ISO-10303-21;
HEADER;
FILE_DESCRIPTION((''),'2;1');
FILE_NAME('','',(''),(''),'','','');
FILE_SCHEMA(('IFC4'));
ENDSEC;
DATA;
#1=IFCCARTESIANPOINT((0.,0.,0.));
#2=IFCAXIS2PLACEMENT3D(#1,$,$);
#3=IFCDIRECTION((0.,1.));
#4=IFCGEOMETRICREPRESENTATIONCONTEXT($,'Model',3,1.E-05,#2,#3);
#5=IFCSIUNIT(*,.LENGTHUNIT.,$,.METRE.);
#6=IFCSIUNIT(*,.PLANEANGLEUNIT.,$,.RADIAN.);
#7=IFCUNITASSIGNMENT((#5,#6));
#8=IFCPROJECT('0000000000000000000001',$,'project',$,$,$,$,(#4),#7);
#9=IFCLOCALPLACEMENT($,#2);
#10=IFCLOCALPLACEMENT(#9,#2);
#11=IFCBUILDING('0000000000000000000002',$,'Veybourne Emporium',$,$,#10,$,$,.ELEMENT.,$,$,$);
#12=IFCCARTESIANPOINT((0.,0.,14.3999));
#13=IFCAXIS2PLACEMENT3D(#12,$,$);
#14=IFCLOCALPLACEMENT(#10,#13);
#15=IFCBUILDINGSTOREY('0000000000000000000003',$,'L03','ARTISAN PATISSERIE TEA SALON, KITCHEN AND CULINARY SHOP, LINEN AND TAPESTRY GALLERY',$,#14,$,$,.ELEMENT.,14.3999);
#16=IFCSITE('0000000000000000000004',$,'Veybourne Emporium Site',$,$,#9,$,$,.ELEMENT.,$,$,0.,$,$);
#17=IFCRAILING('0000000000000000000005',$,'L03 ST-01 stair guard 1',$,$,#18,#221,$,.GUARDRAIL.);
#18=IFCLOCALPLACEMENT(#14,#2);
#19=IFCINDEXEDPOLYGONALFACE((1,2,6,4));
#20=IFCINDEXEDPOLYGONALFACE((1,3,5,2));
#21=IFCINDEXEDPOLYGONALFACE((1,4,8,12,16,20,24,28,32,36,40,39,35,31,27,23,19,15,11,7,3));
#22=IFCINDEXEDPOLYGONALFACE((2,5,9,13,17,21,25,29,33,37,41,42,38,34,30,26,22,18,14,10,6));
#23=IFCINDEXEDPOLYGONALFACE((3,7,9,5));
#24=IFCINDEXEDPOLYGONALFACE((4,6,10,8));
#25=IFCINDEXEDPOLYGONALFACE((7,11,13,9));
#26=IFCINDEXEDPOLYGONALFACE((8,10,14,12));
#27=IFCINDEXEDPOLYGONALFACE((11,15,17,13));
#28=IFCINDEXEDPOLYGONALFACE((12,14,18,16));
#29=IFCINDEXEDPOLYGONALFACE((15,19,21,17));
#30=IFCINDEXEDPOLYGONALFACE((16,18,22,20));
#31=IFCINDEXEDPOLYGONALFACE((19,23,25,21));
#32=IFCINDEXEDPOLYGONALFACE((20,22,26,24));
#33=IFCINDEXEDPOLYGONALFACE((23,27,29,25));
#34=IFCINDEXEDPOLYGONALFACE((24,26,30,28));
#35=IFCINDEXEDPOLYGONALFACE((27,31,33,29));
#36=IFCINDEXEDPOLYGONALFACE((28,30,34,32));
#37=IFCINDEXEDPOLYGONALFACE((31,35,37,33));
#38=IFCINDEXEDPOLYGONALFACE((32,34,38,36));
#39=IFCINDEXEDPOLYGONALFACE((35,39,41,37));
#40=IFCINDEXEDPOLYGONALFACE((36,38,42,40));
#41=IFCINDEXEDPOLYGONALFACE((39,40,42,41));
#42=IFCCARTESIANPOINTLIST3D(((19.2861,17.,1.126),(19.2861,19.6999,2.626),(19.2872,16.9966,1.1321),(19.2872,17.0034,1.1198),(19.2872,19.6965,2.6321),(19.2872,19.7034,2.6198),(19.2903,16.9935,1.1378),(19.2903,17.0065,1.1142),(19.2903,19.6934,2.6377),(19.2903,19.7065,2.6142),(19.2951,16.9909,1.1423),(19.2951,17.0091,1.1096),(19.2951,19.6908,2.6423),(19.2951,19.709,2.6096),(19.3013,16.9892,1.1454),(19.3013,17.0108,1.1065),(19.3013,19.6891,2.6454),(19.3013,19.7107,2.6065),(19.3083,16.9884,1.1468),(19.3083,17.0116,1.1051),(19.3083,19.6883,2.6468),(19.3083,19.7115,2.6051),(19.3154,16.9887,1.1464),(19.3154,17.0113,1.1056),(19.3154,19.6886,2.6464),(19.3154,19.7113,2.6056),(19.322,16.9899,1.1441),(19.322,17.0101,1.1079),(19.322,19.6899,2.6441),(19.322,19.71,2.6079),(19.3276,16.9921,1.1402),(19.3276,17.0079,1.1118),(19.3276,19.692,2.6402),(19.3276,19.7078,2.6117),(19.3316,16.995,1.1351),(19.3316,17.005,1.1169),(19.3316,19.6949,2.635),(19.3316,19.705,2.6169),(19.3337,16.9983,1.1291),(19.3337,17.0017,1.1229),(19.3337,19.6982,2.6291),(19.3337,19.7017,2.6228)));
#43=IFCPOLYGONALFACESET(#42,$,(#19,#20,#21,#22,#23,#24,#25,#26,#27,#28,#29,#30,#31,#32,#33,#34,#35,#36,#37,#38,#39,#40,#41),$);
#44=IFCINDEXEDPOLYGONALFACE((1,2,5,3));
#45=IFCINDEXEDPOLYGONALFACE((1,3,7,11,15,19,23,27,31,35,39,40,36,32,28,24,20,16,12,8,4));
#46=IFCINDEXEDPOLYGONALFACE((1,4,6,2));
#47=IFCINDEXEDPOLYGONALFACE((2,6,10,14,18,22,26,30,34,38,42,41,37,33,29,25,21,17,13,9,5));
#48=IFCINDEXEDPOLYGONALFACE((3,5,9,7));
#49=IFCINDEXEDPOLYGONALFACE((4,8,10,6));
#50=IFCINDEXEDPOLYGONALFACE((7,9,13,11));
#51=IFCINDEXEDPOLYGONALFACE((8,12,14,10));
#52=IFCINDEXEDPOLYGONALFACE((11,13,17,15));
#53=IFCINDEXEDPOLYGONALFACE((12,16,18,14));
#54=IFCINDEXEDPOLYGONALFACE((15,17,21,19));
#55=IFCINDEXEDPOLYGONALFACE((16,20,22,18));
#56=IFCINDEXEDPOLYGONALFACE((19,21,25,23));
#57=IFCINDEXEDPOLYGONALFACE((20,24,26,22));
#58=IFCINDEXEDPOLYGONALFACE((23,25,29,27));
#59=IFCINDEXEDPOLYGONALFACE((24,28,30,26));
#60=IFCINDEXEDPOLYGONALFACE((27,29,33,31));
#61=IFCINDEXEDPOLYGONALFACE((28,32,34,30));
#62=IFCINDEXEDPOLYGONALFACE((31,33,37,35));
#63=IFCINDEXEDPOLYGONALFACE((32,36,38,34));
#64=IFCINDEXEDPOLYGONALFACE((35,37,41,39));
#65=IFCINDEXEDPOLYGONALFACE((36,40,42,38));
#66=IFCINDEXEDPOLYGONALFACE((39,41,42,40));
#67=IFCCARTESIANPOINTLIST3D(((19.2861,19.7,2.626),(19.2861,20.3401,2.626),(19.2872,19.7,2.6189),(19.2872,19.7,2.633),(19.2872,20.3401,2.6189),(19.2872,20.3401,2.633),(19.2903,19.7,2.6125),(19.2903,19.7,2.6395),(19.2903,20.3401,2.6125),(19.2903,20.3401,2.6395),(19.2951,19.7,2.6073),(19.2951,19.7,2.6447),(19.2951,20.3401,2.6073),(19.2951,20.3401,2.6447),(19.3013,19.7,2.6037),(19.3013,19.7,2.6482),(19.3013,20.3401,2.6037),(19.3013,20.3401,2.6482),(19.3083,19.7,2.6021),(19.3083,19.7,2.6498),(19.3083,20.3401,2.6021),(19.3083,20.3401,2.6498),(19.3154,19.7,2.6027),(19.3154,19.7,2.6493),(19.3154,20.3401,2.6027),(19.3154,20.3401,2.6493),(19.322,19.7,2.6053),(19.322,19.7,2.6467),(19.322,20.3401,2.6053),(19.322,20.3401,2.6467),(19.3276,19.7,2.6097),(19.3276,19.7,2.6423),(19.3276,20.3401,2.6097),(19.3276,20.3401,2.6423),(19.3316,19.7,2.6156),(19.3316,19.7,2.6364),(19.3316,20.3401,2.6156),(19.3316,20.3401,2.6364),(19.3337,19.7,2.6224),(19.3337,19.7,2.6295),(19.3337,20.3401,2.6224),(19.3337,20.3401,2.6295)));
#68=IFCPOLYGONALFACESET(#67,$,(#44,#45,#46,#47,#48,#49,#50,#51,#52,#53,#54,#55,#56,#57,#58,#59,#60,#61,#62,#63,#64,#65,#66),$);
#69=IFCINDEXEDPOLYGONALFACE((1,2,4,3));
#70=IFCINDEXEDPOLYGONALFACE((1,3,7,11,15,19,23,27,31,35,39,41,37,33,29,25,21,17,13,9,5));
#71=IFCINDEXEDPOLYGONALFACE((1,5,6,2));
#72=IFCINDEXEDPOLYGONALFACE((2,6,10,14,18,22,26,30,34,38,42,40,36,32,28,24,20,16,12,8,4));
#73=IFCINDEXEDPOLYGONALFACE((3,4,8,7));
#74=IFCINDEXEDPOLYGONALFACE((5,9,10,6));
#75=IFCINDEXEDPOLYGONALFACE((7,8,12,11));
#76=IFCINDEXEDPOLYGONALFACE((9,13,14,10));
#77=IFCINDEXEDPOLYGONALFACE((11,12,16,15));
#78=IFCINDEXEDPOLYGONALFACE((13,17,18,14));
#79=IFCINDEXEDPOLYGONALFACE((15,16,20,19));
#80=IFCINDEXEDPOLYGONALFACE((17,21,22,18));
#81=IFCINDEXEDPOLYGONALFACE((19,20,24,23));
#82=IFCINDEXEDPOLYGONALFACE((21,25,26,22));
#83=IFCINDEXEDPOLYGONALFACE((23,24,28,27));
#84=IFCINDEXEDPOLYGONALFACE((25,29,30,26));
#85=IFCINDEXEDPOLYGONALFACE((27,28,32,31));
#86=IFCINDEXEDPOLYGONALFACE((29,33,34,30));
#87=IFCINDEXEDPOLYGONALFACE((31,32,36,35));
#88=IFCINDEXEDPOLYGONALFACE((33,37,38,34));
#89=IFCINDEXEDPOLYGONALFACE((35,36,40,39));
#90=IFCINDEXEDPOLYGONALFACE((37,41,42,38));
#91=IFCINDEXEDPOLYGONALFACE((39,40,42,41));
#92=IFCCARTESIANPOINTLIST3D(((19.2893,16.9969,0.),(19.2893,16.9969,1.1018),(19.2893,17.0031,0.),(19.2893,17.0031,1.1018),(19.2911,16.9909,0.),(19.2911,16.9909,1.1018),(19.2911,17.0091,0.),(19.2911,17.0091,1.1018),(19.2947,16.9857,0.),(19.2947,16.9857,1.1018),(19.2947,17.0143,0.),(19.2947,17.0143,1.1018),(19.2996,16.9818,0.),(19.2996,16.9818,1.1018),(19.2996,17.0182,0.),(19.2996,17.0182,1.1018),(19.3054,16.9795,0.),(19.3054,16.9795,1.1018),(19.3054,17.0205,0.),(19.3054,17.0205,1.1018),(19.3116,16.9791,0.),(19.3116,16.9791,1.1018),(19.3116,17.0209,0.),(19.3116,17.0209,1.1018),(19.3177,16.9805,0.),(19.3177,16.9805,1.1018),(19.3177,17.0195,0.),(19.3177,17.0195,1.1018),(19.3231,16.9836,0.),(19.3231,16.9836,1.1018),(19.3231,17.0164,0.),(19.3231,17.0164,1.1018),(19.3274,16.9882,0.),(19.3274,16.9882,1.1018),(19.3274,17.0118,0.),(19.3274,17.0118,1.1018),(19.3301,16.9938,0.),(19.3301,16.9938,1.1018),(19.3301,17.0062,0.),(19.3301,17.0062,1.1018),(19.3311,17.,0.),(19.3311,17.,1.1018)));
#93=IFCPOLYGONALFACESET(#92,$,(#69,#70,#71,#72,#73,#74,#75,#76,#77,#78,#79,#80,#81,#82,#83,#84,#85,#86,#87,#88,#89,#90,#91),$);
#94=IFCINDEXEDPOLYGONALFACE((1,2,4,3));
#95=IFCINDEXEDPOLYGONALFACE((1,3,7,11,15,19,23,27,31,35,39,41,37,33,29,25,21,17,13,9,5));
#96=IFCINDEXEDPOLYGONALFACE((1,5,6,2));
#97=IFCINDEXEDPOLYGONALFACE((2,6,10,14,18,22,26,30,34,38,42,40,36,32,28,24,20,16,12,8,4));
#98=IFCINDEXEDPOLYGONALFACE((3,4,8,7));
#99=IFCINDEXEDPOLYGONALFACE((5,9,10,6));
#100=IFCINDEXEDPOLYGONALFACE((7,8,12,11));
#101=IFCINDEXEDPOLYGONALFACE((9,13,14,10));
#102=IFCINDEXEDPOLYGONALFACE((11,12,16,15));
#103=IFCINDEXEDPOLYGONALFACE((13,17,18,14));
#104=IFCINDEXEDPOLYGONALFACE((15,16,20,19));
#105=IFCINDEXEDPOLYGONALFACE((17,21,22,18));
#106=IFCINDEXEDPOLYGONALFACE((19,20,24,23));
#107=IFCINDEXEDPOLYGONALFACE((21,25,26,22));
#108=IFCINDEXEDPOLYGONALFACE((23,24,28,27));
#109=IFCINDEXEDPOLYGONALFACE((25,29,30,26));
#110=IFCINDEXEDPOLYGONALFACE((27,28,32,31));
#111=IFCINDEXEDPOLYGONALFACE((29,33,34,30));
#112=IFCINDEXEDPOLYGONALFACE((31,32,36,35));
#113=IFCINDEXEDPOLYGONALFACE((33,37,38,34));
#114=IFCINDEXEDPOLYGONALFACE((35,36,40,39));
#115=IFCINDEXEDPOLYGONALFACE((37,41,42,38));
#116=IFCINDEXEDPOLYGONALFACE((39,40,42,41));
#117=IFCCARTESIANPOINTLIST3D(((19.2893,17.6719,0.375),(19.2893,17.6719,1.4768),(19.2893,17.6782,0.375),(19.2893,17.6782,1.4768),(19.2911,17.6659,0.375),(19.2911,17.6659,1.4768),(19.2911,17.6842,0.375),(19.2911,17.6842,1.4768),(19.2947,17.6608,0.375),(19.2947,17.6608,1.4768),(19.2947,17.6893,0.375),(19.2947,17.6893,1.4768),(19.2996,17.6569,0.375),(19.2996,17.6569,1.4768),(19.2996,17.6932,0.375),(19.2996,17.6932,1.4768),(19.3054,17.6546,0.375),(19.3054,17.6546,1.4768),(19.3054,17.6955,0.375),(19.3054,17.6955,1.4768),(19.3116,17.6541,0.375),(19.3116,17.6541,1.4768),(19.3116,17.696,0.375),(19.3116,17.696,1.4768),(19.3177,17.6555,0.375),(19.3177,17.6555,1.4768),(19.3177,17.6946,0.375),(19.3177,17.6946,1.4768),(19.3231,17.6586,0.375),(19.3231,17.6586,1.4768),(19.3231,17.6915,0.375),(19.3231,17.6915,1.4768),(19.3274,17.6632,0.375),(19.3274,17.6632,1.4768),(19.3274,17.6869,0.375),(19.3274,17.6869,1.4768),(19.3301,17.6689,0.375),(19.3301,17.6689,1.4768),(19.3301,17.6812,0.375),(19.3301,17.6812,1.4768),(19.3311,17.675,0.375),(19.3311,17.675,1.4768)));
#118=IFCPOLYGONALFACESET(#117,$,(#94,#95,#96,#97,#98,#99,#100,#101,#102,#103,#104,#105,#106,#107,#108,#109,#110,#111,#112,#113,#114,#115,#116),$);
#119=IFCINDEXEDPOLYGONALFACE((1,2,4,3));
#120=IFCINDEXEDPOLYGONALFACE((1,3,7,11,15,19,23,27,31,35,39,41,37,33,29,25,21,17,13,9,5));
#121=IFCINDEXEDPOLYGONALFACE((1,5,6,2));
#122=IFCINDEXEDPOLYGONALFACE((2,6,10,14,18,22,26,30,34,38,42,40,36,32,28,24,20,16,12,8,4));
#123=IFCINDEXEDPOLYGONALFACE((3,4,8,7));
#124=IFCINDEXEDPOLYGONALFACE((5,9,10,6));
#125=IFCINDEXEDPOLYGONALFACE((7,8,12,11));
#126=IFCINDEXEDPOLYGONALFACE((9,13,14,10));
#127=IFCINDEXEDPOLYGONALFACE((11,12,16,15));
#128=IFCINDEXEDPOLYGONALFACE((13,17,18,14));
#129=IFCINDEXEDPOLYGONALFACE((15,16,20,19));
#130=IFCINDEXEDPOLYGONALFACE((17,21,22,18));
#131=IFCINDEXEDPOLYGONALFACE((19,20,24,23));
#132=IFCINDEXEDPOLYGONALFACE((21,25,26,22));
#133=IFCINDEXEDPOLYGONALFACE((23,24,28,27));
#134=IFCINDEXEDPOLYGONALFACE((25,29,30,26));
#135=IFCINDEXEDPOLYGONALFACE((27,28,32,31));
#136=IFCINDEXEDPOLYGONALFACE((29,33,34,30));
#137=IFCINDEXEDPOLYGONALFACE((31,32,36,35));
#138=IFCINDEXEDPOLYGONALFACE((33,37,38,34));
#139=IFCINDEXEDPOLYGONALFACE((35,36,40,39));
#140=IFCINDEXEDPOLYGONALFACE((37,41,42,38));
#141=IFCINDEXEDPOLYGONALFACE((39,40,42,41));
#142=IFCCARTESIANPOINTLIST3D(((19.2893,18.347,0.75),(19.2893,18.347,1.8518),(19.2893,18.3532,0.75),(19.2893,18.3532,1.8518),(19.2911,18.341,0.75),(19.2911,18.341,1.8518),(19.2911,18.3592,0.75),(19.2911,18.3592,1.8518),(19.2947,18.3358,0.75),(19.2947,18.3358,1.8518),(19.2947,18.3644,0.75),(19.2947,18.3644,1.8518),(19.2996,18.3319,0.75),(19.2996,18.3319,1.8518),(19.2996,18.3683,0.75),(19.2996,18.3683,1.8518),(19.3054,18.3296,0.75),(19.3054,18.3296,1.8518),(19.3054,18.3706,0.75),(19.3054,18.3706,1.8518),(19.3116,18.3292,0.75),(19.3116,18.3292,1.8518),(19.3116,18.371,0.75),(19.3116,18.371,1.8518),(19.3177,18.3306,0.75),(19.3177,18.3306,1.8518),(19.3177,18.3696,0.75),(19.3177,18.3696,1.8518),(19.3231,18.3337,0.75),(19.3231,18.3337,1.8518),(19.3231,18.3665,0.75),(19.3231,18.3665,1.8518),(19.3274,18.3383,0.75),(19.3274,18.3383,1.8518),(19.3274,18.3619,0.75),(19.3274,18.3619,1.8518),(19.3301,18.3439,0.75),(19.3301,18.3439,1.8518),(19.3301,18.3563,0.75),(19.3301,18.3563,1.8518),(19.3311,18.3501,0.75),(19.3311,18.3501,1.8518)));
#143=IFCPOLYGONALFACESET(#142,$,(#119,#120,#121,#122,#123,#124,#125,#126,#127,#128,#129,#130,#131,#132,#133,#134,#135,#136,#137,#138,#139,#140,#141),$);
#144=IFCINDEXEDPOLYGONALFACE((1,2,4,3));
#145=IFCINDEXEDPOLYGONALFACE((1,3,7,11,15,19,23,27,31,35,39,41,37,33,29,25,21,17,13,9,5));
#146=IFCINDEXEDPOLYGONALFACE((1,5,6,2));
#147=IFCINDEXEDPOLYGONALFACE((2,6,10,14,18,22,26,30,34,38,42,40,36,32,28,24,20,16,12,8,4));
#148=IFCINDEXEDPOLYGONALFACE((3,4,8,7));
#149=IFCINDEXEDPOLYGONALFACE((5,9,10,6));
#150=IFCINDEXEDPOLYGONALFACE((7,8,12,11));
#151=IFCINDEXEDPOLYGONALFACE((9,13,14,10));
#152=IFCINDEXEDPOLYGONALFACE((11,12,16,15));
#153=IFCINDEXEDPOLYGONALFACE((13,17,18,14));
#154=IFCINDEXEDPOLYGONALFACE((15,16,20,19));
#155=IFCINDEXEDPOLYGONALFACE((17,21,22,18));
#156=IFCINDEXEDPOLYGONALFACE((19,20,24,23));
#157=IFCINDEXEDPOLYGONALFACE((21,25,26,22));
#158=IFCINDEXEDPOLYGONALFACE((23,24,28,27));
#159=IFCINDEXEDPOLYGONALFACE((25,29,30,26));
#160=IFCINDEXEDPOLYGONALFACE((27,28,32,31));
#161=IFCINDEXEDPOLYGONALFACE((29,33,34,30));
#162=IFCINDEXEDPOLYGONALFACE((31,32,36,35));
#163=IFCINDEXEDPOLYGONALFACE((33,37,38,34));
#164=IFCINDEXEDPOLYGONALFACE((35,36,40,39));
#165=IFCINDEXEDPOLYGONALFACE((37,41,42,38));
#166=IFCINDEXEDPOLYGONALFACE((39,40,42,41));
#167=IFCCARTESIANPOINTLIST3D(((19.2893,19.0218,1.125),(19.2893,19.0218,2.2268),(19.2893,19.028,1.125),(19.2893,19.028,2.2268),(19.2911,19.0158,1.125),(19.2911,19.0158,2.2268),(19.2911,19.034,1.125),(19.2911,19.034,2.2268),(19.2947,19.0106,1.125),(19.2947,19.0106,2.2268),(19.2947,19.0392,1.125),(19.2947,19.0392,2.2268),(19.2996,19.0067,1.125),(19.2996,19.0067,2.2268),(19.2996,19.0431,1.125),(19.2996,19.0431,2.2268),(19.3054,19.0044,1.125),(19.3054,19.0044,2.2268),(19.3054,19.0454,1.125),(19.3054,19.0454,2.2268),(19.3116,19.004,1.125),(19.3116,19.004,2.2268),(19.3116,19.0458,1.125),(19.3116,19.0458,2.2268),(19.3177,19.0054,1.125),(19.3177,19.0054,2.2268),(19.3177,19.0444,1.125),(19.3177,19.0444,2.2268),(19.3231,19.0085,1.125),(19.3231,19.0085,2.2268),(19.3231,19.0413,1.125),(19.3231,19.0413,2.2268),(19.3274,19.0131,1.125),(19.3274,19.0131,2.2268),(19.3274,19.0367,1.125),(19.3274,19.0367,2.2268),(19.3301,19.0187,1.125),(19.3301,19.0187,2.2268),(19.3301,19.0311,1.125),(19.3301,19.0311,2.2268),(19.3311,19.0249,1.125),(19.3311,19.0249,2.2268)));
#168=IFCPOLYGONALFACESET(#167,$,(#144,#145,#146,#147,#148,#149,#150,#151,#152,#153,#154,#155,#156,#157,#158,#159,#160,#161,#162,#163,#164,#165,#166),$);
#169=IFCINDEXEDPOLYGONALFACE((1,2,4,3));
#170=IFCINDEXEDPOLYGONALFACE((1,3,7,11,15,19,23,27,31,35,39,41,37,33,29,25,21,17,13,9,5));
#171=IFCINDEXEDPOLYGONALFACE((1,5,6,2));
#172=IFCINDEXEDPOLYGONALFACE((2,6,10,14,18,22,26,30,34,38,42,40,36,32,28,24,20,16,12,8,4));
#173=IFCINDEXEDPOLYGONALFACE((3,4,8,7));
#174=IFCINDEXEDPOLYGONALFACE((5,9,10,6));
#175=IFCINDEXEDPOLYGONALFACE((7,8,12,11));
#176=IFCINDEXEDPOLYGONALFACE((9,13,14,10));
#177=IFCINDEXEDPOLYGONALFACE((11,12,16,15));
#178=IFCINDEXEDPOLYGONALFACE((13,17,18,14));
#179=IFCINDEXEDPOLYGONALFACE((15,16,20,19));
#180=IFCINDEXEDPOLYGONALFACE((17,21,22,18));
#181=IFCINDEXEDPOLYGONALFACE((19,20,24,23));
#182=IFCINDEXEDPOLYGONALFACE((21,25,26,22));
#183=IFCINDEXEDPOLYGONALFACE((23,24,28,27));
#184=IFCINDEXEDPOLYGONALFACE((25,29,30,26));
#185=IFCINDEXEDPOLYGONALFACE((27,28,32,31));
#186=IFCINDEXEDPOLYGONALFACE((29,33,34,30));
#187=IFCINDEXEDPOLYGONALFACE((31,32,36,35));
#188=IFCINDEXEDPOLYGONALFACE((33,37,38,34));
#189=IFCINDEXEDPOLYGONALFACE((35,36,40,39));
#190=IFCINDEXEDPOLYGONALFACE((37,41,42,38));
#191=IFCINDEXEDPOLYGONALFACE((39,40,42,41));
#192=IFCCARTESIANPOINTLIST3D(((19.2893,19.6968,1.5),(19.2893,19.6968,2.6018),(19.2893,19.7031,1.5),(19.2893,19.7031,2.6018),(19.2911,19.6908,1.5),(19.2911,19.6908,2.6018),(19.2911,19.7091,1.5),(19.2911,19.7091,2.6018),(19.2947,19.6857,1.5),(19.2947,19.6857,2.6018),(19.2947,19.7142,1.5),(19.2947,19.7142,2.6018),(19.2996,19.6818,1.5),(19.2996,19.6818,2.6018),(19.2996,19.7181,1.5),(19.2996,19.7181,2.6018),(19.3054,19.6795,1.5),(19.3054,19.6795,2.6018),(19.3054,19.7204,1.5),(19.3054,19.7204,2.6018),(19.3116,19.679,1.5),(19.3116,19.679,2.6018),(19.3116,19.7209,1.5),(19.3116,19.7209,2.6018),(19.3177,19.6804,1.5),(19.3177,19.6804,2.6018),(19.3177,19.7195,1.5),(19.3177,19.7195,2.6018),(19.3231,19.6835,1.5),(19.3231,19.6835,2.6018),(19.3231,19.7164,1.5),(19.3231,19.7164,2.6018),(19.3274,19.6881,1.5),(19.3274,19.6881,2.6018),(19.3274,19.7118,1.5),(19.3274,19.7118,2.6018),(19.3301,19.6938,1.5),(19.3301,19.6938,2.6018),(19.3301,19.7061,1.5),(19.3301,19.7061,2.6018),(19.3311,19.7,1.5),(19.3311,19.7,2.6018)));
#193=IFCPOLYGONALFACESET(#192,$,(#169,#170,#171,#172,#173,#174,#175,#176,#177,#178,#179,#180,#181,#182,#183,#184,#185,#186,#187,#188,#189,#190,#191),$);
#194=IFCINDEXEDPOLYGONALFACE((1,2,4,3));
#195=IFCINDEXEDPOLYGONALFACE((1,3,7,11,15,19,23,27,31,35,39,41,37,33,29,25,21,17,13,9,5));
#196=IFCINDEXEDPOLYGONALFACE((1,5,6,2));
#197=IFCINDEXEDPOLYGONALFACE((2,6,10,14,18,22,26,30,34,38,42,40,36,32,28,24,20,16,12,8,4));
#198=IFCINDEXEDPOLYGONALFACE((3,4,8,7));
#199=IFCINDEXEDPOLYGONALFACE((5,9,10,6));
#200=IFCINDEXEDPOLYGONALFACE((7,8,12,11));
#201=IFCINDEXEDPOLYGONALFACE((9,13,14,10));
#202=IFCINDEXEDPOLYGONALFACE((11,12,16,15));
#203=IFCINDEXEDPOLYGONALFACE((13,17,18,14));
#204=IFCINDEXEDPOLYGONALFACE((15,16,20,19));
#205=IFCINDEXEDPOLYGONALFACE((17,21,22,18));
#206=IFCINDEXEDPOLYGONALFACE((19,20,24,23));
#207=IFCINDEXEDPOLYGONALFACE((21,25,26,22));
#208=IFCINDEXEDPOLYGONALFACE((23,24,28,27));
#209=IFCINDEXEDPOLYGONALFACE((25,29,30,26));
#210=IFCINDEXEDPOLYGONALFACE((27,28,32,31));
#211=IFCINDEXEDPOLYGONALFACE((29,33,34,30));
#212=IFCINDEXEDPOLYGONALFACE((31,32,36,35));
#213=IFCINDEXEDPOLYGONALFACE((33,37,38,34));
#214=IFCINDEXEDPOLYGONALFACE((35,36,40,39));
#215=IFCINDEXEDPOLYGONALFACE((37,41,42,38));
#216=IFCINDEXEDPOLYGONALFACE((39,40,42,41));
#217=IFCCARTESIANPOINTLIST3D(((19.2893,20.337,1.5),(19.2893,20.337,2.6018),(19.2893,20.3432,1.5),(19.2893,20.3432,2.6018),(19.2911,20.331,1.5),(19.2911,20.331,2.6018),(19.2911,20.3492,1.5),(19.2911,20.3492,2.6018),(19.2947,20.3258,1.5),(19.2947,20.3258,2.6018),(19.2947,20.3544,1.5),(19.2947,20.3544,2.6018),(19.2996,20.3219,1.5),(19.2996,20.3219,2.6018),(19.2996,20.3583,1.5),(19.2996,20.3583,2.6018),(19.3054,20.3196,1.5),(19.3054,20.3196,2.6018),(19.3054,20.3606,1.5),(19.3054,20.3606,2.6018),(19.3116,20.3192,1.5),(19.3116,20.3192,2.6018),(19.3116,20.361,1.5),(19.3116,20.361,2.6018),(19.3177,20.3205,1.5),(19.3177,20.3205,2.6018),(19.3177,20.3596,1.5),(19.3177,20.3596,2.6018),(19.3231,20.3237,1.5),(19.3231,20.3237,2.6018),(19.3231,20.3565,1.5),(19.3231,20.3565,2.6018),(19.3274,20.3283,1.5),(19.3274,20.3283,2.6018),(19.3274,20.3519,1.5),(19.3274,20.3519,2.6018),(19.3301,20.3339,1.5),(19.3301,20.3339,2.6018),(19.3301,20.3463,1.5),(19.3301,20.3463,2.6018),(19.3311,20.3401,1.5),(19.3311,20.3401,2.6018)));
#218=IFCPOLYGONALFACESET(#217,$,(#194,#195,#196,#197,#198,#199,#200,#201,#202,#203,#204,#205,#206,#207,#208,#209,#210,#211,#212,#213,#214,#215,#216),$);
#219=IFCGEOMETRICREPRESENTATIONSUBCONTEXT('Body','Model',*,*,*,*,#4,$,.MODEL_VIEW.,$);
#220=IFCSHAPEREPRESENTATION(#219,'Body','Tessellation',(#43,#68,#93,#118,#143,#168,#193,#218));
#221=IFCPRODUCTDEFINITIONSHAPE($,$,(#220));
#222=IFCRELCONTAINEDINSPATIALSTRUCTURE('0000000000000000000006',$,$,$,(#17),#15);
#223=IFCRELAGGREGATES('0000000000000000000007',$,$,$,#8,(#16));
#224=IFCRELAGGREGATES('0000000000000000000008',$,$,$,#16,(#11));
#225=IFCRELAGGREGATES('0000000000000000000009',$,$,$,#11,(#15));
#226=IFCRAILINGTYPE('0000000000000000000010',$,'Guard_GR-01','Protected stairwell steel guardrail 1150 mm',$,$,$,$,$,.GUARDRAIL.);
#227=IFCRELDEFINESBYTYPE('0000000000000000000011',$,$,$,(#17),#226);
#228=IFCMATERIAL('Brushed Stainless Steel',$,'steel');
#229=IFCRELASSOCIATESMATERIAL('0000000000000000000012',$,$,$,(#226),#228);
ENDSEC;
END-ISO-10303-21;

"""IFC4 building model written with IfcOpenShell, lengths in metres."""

from ifc_helpers import new_model, si_unit, direction, frame, origin, origin_2d, place, context, subcontext, project, spatial, circle, extrude, material, type_object, element, save


model = new_model("IFC4")

# Units and contexts
model_context = context("Model", 3, precision=1e-05, world=origin(), true_north=direction((0.0, 1.0)))
body_context = subcontext(model_context, "Body", "Model", "MODEL_VIEW")
ifc_project = project(units=[si_unit("LENGTHUNIT", "METRE"), si_unit("PLANEANGLEUNIT", "RADIAN")], contexts=[model_context])

# Site, building, storey
site_placement = place(None, origin())
site = spatial("IfcSite", under=ifc_project, at=site_placement, Name="Veybourne Emporium Site", CompositionType="ELEMENT", RefElevation=0.0)
building_placement = place(site_placement, origin())
building = spatial("IfcBuilding", under=site, at=building_placement, Name="Veybourne Emporium", CompositionType="ELEMENT")
storey_placement = place(building_placement, frame((0.0, 0.0, 14.3999)))
storey = spatial("IfcBuildingStorey", under=building, at=storey_placement, Name="L03", Description="ARTISAN PATISSERIE TEA SALON, KITCHEN AND CULINARY SHOP, LINEN AND TAPESTRY GALLERY", CompositionType="ELEMENT", Elevation=14.3999)

# Railing
ifc_material_1 = material(Name="Brushed Stainless Steel", Category="steel")
railing_type_1 = type_object("IfcRailingType", Name="Guard_GR-01", Description="Protected stairwell steel guardrail 1150 mm", PredefinedType="GUARDRAIL", material=ifc_material_1)
railing_1_placement = place(storey_placement, frame((19.3101, 17.0, 0.0)))
element("IfcRailing", 1, at=railing_1_placement, inside=storey, type_object=railing_type_1, Name="L03 ST-01 stair guard 1", PredefinedType="GUARDRAIL", context=body_context, shape_type="SweptSolid", body=[
    extrude(circle(Radius=0.0239, at=origin_2d()), frame((0.0, 0.0, 1.126), z_axis=(0.0, 0.874154, 0.48565), x_axis=(-1.0, 0.0, 0.0)), (0.0, 0.0, 1.0), 3.0886),
    extrude(circle(Radius=0.0239, at=origin_2d()), frame((0.0, 2.7, 2.626), z_axis=(0.0, 1.0, 0.0), x_axis=(-1.0, 0.0, 0.0)), (0.0, 0.0, 1.0), 0.6401),
    extrude(circle(Radius=0.021, at=origin_2d()), origin(), (0.0, 0.0, 1.0), 1.1018),
    extrude(circle(Radius=0.021, at=origin_2d()), frame((0.0, 0.675, 0.375)), (0.0, 0.0, 1.0), 1.1018),
    extrude(circle(Radius=0.021, at=origin_2d()), frame((0.0, 1.3501, 0.75)), (0.0, 0.0, 1.0), 1.1018),
    extrude(circle(Radius=0.021, at=origin_2d()), frame((0.0, 2.0249, 1.125)), (0.0, 0.0, 1.0), 1.1018),
    extrude(circle(Radius=0.021, at=origin_2d()), frame((0.0, 2.7, 1.5)), (0.0, 0.0, 1.0), 1.1018),
    extrude(circle(Radius=0.021, at=origin_2d()), frame((0.0, 3.3401, 1.5)), (0.0, 0.0, 1.0), 1.1018),
])

save(model, "model.ifc")
